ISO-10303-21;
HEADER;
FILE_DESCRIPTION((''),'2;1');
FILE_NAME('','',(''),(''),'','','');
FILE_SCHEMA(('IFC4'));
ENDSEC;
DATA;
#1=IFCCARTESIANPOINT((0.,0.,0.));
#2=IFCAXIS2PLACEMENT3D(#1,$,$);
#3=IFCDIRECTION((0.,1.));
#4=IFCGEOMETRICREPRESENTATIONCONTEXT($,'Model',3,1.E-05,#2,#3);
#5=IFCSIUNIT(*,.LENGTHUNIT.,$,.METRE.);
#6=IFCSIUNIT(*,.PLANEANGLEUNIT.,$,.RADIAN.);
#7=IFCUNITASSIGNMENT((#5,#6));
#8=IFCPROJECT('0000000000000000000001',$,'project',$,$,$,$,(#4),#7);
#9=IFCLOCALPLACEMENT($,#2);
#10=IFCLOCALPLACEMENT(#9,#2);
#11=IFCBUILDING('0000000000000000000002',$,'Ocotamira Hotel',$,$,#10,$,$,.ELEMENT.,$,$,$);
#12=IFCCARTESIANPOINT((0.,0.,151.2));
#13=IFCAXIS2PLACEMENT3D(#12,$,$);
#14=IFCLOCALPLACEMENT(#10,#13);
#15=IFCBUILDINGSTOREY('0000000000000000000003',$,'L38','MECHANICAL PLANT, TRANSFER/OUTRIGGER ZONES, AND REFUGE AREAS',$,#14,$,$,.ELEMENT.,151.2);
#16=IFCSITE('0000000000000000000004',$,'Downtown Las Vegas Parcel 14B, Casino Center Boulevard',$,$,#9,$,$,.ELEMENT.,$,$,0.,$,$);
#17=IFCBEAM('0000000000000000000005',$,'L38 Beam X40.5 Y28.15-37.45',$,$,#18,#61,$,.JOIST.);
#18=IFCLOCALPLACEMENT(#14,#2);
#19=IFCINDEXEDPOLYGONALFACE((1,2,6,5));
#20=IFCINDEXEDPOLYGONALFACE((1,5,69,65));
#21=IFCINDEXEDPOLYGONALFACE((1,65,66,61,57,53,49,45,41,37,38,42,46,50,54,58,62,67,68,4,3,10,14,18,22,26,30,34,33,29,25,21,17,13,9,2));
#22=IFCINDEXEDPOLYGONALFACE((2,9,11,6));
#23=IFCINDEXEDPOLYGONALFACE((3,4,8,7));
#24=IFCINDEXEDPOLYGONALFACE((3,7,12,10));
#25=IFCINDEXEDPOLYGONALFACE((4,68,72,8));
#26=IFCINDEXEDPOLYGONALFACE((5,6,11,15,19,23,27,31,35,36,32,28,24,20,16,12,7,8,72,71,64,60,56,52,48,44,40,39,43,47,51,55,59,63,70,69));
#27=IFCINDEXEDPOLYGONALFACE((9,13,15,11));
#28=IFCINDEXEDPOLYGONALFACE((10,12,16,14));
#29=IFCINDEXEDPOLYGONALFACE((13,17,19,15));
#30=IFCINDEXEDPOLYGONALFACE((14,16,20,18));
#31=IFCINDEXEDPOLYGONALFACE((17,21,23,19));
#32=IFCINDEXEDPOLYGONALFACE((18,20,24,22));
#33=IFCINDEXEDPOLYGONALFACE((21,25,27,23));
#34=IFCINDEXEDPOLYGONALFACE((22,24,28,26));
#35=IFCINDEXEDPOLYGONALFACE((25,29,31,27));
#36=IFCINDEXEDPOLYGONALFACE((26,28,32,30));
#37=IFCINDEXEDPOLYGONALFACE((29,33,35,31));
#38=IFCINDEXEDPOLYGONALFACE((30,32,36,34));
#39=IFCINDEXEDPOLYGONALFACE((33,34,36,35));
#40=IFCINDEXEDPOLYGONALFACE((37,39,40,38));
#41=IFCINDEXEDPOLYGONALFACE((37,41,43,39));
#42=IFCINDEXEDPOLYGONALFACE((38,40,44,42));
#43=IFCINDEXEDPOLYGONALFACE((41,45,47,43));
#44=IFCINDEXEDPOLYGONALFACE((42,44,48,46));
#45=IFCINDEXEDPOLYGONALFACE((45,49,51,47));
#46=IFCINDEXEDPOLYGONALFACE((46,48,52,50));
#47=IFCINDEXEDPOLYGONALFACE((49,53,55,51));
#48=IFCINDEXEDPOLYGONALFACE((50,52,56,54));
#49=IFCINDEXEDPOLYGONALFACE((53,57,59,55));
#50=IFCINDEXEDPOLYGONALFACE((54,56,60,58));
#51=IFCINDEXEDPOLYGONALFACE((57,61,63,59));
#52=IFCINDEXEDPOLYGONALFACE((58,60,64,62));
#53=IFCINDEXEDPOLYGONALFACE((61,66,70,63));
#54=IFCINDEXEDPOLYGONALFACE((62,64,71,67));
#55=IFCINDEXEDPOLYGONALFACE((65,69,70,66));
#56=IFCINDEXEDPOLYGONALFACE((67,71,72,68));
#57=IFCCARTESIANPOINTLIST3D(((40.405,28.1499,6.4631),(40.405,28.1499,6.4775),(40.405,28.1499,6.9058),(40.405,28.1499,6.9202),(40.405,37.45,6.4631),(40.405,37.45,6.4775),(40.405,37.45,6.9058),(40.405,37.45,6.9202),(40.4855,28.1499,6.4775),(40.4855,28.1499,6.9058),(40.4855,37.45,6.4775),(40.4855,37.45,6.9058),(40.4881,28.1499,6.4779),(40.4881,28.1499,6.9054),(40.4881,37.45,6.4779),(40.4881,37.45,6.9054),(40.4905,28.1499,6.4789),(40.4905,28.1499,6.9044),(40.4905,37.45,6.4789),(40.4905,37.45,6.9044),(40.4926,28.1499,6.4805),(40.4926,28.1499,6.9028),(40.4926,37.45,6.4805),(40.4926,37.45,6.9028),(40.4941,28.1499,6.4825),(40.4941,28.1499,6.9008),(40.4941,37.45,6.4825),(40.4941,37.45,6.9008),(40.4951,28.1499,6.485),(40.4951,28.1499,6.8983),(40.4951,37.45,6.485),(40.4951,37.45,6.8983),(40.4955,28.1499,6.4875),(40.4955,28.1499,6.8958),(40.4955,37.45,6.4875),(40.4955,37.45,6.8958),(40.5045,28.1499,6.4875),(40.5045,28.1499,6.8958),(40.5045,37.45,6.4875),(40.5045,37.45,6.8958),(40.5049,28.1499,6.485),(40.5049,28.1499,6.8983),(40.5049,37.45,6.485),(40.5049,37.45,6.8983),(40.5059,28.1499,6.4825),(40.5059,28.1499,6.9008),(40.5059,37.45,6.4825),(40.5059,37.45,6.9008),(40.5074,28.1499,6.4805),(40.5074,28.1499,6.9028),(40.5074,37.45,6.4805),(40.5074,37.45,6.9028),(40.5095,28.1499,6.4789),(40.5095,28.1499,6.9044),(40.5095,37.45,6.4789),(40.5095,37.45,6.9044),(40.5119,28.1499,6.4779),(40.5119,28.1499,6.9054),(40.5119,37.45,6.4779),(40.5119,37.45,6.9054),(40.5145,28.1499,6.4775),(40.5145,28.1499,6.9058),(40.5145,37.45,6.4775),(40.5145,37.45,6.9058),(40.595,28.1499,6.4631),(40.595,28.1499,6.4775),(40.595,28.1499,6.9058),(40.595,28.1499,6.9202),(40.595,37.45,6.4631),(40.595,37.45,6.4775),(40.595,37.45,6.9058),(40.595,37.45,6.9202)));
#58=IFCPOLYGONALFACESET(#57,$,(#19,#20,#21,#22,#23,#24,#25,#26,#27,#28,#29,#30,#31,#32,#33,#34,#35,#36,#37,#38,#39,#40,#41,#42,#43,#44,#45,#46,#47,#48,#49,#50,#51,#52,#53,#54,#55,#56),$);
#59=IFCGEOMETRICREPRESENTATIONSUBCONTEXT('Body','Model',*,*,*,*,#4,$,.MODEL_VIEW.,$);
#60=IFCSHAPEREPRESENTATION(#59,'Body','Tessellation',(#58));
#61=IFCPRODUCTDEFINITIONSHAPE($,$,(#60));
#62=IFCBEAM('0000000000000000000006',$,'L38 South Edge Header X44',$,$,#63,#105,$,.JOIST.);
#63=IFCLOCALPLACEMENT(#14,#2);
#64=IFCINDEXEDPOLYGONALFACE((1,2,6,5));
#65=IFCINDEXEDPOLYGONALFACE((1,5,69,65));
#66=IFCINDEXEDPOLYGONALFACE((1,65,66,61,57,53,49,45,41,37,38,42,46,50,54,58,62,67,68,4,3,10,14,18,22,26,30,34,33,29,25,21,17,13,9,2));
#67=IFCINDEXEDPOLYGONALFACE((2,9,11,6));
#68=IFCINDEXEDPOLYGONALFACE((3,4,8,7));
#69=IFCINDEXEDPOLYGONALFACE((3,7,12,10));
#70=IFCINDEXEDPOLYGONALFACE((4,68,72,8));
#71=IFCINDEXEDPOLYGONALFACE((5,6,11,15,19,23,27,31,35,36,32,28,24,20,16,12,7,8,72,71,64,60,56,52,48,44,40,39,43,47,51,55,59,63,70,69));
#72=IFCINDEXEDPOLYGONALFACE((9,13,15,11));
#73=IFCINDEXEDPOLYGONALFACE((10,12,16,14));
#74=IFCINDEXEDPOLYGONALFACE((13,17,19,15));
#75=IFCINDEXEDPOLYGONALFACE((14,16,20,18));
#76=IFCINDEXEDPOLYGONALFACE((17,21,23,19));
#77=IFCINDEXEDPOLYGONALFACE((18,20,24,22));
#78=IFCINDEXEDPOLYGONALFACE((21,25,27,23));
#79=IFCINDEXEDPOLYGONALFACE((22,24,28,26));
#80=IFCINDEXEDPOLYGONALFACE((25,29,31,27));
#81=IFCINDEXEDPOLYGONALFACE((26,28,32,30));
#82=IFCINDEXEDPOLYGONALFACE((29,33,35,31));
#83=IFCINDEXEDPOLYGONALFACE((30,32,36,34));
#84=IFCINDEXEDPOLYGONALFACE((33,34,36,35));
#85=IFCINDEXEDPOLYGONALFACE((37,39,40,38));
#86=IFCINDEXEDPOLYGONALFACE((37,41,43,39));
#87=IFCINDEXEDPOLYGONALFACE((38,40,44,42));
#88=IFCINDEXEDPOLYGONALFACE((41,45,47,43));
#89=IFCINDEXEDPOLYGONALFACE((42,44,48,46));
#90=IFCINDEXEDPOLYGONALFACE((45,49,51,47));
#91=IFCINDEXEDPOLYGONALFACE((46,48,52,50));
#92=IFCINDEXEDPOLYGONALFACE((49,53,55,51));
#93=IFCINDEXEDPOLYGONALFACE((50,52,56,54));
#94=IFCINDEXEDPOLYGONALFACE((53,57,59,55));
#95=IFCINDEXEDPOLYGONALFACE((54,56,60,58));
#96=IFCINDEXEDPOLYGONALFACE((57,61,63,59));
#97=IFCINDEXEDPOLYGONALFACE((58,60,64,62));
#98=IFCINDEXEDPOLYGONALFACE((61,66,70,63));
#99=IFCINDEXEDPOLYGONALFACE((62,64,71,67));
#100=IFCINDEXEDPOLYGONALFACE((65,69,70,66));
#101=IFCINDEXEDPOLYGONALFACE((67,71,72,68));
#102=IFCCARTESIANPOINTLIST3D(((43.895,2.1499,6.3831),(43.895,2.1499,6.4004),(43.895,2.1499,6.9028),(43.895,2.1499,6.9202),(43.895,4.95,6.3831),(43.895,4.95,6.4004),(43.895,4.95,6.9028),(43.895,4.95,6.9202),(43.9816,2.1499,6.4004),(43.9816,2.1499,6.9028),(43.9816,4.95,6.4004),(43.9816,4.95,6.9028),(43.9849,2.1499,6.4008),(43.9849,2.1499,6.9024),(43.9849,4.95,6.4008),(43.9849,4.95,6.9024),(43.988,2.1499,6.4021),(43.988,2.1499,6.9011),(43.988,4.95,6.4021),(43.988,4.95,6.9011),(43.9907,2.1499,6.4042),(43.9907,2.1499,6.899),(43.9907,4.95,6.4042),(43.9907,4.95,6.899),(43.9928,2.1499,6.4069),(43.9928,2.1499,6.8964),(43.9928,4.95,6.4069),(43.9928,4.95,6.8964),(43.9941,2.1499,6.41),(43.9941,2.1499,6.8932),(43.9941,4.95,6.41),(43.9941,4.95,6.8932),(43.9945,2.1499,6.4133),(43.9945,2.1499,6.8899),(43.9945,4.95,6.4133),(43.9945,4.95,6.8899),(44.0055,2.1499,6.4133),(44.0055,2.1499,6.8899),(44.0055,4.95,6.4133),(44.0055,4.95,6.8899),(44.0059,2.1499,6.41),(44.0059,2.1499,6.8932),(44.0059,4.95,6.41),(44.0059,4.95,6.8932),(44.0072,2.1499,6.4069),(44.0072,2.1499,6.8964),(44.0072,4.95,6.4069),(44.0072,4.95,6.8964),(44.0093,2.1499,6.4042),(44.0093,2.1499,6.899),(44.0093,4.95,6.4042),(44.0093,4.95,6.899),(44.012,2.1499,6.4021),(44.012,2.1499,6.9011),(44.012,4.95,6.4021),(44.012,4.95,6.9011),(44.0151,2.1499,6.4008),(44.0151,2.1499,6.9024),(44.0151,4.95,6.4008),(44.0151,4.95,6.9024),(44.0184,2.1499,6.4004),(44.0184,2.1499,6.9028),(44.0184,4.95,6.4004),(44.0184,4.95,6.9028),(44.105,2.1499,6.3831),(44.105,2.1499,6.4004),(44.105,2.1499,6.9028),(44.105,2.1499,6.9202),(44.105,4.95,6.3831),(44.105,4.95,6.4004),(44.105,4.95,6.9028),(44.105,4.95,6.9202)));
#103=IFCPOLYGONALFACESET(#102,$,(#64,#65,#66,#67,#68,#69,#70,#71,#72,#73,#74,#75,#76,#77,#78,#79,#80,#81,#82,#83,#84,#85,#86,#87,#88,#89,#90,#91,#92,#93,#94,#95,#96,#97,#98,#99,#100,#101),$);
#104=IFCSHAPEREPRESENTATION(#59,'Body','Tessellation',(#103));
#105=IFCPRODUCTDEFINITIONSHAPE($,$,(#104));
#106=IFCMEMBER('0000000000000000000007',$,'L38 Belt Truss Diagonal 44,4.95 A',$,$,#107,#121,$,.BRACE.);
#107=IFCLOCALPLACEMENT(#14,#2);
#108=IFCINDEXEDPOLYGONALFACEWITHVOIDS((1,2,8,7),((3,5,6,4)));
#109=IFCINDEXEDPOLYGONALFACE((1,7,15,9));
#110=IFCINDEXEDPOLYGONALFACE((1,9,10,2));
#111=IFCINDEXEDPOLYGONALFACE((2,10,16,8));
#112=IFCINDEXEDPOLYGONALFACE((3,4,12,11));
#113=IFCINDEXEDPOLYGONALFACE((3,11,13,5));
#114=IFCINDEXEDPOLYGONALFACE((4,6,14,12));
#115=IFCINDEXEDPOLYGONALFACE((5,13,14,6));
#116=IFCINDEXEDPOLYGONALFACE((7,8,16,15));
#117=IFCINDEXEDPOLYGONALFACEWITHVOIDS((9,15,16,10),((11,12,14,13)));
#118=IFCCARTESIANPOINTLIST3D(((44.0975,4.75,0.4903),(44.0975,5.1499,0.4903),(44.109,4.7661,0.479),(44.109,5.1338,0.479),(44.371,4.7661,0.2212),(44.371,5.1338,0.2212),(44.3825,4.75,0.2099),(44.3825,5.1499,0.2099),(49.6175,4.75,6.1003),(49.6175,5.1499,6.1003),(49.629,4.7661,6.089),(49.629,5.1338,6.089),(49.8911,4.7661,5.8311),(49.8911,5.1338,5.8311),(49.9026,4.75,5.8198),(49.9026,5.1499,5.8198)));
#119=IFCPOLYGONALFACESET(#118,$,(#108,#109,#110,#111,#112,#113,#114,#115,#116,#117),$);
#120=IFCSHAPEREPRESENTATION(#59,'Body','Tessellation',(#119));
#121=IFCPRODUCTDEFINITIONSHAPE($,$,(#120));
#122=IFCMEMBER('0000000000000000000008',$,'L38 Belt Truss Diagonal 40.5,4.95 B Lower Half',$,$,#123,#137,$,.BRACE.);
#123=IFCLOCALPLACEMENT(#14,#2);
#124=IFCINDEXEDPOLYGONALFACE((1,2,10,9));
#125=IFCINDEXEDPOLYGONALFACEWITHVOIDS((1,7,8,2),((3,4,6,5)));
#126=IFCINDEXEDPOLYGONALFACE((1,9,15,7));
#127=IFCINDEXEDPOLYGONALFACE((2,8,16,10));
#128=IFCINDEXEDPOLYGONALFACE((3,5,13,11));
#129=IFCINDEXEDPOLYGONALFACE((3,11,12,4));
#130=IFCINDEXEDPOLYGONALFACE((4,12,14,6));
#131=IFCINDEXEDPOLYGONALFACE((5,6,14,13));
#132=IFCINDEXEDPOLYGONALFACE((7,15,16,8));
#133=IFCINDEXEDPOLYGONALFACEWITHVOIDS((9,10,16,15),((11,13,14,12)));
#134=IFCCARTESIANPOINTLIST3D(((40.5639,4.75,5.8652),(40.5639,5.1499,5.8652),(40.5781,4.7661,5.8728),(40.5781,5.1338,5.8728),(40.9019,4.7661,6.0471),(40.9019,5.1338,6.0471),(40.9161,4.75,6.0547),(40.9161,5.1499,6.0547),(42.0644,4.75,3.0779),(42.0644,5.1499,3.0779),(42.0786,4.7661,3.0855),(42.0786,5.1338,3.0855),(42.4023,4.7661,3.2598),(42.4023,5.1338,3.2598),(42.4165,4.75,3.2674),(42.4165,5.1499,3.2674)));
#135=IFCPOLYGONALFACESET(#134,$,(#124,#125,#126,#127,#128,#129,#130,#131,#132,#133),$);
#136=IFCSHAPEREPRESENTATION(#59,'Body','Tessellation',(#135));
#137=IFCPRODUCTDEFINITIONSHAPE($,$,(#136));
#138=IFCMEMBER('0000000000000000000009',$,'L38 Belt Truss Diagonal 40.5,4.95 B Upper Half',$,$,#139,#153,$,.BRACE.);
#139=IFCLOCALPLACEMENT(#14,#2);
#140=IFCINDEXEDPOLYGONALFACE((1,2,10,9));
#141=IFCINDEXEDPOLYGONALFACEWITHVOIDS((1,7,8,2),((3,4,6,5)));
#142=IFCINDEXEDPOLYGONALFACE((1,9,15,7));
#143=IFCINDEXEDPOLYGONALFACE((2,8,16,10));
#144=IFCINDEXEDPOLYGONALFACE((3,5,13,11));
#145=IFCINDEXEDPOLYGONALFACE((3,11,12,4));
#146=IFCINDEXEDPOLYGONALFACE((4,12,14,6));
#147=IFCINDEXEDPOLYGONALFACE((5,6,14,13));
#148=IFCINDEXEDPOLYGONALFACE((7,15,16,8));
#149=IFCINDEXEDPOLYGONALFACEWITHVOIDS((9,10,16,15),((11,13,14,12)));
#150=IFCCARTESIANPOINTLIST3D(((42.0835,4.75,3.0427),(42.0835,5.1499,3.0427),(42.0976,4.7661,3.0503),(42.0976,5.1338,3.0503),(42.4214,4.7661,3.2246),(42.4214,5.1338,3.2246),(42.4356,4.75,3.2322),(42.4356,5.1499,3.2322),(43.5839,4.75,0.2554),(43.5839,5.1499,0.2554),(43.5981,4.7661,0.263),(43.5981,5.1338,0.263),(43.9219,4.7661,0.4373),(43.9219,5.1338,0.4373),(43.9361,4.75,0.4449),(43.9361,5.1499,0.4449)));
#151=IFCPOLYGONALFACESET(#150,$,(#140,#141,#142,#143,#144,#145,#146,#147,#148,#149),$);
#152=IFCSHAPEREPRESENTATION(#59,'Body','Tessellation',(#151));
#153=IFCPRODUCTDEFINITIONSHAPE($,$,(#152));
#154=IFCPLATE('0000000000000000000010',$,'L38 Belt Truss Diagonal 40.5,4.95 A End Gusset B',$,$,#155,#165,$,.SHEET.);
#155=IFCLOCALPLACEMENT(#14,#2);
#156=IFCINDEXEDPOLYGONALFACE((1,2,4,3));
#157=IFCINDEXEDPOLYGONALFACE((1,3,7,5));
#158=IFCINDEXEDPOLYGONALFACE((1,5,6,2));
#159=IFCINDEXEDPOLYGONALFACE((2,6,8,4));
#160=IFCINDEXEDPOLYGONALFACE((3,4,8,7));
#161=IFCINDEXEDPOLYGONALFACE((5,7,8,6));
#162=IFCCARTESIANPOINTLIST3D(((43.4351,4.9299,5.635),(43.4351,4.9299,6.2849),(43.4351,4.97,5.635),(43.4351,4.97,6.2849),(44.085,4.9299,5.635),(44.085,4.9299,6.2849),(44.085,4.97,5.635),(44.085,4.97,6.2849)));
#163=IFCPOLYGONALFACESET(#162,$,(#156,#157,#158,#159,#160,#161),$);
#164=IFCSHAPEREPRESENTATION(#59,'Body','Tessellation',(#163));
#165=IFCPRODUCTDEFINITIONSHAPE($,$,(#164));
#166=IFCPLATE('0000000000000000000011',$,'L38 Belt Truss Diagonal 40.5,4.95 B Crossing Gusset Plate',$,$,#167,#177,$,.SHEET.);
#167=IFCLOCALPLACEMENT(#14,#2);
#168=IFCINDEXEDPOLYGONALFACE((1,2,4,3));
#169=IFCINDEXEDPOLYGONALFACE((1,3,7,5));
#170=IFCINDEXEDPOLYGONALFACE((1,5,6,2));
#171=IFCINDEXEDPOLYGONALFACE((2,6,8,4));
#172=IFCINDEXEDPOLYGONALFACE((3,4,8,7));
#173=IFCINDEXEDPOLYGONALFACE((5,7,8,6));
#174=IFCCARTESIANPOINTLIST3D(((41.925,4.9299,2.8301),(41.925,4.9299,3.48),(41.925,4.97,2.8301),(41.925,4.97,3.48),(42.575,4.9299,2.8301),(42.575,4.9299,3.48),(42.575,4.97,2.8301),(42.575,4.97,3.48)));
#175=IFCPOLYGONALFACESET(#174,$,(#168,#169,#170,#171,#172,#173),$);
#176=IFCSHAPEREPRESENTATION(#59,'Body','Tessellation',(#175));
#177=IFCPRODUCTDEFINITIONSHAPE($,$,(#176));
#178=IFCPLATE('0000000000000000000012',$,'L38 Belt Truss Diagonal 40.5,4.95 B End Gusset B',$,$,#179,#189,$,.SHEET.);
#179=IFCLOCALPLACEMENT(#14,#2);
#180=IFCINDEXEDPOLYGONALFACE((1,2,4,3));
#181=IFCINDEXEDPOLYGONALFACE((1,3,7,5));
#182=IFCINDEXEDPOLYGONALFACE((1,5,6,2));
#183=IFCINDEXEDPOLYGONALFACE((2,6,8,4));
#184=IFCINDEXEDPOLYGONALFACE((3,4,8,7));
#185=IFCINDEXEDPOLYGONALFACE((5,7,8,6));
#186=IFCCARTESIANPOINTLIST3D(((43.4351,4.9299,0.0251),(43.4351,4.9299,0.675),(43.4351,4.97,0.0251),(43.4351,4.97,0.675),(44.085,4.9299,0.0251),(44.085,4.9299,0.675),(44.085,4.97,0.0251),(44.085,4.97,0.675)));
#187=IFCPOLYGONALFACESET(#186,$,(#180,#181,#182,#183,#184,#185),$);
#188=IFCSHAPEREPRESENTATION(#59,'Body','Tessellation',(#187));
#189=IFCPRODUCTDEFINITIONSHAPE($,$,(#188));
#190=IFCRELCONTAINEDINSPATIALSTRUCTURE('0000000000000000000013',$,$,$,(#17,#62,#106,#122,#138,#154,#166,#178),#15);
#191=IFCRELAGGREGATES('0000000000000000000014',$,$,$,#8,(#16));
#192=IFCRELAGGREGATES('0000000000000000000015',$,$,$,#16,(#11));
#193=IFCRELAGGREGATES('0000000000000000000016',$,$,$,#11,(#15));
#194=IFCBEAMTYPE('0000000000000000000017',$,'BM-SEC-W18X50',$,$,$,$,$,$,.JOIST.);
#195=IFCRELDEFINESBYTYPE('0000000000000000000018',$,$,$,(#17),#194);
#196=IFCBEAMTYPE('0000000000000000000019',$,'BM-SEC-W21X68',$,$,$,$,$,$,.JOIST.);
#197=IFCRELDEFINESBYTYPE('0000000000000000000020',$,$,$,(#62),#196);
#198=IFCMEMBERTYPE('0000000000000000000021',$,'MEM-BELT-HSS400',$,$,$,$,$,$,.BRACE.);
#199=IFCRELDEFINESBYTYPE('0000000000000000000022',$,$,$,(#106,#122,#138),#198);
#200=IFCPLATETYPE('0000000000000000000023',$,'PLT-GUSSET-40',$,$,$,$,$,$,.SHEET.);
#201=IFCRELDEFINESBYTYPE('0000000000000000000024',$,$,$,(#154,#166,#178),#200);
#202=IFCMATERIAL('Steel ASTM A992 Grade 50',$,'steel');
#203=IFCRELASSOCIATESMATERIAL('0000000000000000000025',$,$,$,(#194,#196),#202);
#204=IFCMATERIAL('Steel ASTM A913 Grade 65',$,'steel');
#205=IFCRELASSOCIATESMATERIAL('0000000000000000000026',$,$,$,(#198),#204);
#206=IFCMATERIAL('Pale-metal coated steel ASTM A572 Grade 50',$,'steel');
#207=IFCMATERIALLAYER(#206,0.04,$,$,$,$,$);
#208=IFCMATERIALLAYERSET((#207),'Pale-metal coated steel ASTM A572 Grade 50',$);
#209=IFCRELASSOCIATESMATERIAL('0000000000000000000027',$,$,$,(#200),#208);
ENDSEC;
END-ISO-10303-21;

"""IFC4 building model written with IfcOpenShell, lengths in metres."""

from ifc_helpers import new_model, si_unit, direction, frame, origin, origin_2d, place, context, subcontext, project, spatial, rectangle, hollow_rectangle, i_section, extrude, source, transform, mapped, material, layer, layer_set, material_profile, profile_set, type_object, element, save


model = new_model("IFC4")

# Units and contexts
model_context = context("Model", 3, precision=1e-05, world=origin(), true_north=direction((0.0, 1.0)))
body_context = subcontext(model_context, "Body", "Model", "MODEL_VIEW")
ifc_project = project(units=[si_unit("LENGTHUNIT", "METRE"), si_unit("PLANEANGLEUNIT", "RADIAN")], contexts=[model_context])

# Site, building, storey
site_placement = place(None, origin())
site = spatial("IfcSite", under=ifc_project, at=site_placement, Name="Downtown Las Vegas Parcel 14B, Casino Center Boulevard", CompositionType="ELEMENT", RefElevation=0.0)
building_placement = place(site_placement, origin())
building = spatial("IfcBuilding", under=site, at=building_placement, Name="Ocotamira Hotel", CompositionType="ELEMENT")
storey_placement = place(building_placement, frame((0.0, 0.0, 151.2)))
storey = spatial("IfcBuildingStorey", under=building, at=storey_placement, Name="L38", Description="MECHANICAL PLANT, TRANSFER/OUTRIGGER ZONES, AND REFUGE AREAS", CompositionType="ELEMENT", Elevation=151.2)

# Shared definitions
ifc_material_1 = material(Name="Steel ASTM A913 Grade 65", Category="steel")

# Beams
ifc_material_2 = material(Name="Steel ASTM A992 Grade 50", Category="steel")
ifc_material_profile_1 = material_profile(ifc_material_2, i_section(OverallWidth=0.1899, OverallDepth=0.457, WebThickness=0.009, FlangeThickness=0.0144, FilletRadius=0.01, at=origin_2d()), Name="W18X50")
ifc_profile_set_1 = profile_set([ifc_material_profile_1], Name="Steel ASTM A992 Grade 50")
beam_type_1 = type_object("IfcBeamType", Name="BM-SEC-W18X50", PredefinedType="JOIST", material=ifc_profile_set_1)
shared_shape_1 = source(origin(), body_context, "Body", "SweptSolid", [
    extrude(i_section(OverallWidth=0.1899, OverallDepth=0.457, WebThickness=0.009, FlangeThickness=0.0144, FilletRadius=0.01, at=origin_2d()), origin(), (0.0, 0.0, 1.0), 9.3),
])
for number, where, z_axis, x_axis, name in (
    (1, (40.5, 28.1499, 6.6917), (0.0, 1.0, 0.0), (-1.0, 0.0, 0.0), "L38 Beam X40.5 Y28.15-37.45"),
):
    element("IfcBeam", number, at=place(storey_placement, frame(where, z_axis=z_axis, x_axis=x_axis)), inside=storey, type_object=beam_type_1, Name=name, PredefinedType="JOIST", context=body_context, shape_type="MappedRepresentation", body=[
        mapped(shared_shape_1, transform((0.0, 0.0, 0.0), scale=1.0)),
    ])
ifc_material_profile_2 = material_profile(ifc_material_2, i_section(OverallWidth=0.21, OverallDepth=0.5371, WebThickness=0.011, FlangeThickness=0.0173, FilletRadius=0.0129, at=origin_2d()), Name="W21X68")
ifc_profile_set_2 = profile_set([ifc_material_profile_2], Name="Steel ASTM A992 Grade 50")
beam_type_2 = type_object("IfcBeamType", Name="BM-SEC-W21X68", PredefinedType="JOIST", material=ifc_profile_set_2)
shared_shape_2 = source(origin(), body_context, "Body", "SweptSolid", [
    extrude(i_section(OverallWidth=0.21, OverallDepth=0.5371, WebThickness=0.011, FlangeThickness=0.0173, FilletRadius=0.0129, at=origin_2d()), origin(), (0.0, 0.0, 1.0), 2.8),
])
beam_1_placement = place(storey_placement, frame((44.0, 4.95, 6.6516), z_axis=(0.0, -1.0, 0.0), x_axis=(1.0, 0.0, 0.0)))
element("IfcBeam", 2, at=beam_1_placement, inside=storey, type_object=beam_type_2, Name="L38 South Edge Header X44", PredefinedType="JOIST", context=body_context, shape_type="MappedRepresentation", body=[
    mapped(shared_shape_2, transform((0.0, 0.0, 0.0), scale=1.0)),
])

# Members
ifc_material_profile_3 = material_profile(ifc_material_1, hollow_rectangle(XDim=0.3999, YDim=0.3999, WallThickness=0.0161, at=origin_2d()), Name="HSS400X400X16")
ifc_profile_set_3 = profile_set([ifc_material_profile_3], Name="Steel ASTM A913 Grade 65")
member_type = type_object("IfcMemberType", Name="MEM-BELT-HSS400", PredefinedType="BRACE", material=ifc_profile_set_3)
shared_shape_3 = source(origin(), body_context, "Body", "SweptSolid", [
    extrude(hollow_rectangle(XDim=0.3999, YDim=0.3999, WallThickness=0.0161, at=origin_2d()), origin(), (0.0, 0.0, 1.0), 7.8704),
])
member_placement = place(storey_placement, frame((44.24, 4.95, 0.3501), z_axis=(0.701376, 0.0, 0.712792), x_axis=(0.0, 1.0, 0.0)))
element("IfcMember", 3, at=member_placement, inside=storey, type_object=member_type, Name="L38 Belt Truss Diagonal 44,4.95 A", PredefinedType="BRACE", context=body_context, shape_type="MappedRepresentation", body=[
    mapped(shared_shape_3, transform((0.0, 0.0, 0.0), scale=1.0)),
])
shared_shape_4 = source(origin(), body_context, "Body", "SweptSolid", [
    extrude(hollow_rectangle(XDim=0.3999, YDim=0.3999, WallThickness=0.0161, at=origin_2d()), origin(), (0.0, 0.0, 1.0), 3.1655),
])
for number, where, z_axis, x_axis, name in (
    (4, (40.74, 4.95, 5.96), (0.474003, 0.0, -0.880523), (0.0, 1.0, 0.0), "L38 Belt Truss Diagonal 40.5,4.95 B Lower Half"),
    (5, (42.2595, 4.95, 3.1375), (0.474003, 0.0, -0.880523), (0.0, 1.0, 0.0), "L38 Belt Truss Diagonal 40.5,4.95 B Upper Half"),
):
    element("IfcMember", number, at=place(storey_placement, frame(where, z_axis=z_axis, x_axis=x_axis)), inside=storey, type_object=member_type, Name=name, PredefinedType="BRACE", context=body_context, shape_type="MappedRepresentation", body=[
        mapped(shared_shape_4, transform((0.0, 0.0, 0.0), scale=1.0)),
    ])

# Plates
ifc_material_3 = material(Name="Pale-metal coated steel ASTM A572 Grade 50", Category="steel")
ifc_layer_1 = layer(ifc_material_3, 0.04)
ifc_layer_set_1 = layer_set([ifc_layer_1], Name="Pale-metal coated steel ASTM A572 Grade 50")
plate_type = type_object("IfcPlateType", Name="PLT-GUSSET-40", PredefinedType="SHEET", material=ifc_layer_set_1)
shared_shape_5 = source(origin(), body_context, "Body", "SweptSolid", [
    extrude(rectangle(XDim=0.6499, YDim=0.04, at=origin_2d()), origin(), (0.0, 0.0, 1.0), 0.6499),
])
for number, where, z_axis, x_axis, name in (
    (6, (43.76, 4.95, 5.635), (0.0, 0.0, 1.0), (1.0, 0.0, 0.0), "L38 Belt Truss Diagonal 40.5,4.95 A End Gusset B"),
    (7, (42.25, 4.95, 2.8301), (0.0, 0.0, 1.0), (1.0, 0.0, 0.0), "L38 Belt Truss Diagonal 40.5,4.95 B Crossing Gusset Plate"),
    (8, (43.76, 4.95, 0.0251), (0.0, 0.0, 1.0), (1.0, 0.0, 0.0), "L38 Belt Truss Diagonal 40.5,4.95 B End Gusset B"),
):
    element("IfcPlate", number, at=place(storey_placement, frame(where, z_axis=z_axis, x_axis=x_axis)), inside=storey, type_object=plate_type, Name=name, PredefinedType="SHEET", context=body_context, shape_type="MappedRepresentation", body=[
        mapped(shared_shape_5, transform((0.0, 0.0, 0.0), scale=1.0)),
    ])

save(model, "model.ifc")
